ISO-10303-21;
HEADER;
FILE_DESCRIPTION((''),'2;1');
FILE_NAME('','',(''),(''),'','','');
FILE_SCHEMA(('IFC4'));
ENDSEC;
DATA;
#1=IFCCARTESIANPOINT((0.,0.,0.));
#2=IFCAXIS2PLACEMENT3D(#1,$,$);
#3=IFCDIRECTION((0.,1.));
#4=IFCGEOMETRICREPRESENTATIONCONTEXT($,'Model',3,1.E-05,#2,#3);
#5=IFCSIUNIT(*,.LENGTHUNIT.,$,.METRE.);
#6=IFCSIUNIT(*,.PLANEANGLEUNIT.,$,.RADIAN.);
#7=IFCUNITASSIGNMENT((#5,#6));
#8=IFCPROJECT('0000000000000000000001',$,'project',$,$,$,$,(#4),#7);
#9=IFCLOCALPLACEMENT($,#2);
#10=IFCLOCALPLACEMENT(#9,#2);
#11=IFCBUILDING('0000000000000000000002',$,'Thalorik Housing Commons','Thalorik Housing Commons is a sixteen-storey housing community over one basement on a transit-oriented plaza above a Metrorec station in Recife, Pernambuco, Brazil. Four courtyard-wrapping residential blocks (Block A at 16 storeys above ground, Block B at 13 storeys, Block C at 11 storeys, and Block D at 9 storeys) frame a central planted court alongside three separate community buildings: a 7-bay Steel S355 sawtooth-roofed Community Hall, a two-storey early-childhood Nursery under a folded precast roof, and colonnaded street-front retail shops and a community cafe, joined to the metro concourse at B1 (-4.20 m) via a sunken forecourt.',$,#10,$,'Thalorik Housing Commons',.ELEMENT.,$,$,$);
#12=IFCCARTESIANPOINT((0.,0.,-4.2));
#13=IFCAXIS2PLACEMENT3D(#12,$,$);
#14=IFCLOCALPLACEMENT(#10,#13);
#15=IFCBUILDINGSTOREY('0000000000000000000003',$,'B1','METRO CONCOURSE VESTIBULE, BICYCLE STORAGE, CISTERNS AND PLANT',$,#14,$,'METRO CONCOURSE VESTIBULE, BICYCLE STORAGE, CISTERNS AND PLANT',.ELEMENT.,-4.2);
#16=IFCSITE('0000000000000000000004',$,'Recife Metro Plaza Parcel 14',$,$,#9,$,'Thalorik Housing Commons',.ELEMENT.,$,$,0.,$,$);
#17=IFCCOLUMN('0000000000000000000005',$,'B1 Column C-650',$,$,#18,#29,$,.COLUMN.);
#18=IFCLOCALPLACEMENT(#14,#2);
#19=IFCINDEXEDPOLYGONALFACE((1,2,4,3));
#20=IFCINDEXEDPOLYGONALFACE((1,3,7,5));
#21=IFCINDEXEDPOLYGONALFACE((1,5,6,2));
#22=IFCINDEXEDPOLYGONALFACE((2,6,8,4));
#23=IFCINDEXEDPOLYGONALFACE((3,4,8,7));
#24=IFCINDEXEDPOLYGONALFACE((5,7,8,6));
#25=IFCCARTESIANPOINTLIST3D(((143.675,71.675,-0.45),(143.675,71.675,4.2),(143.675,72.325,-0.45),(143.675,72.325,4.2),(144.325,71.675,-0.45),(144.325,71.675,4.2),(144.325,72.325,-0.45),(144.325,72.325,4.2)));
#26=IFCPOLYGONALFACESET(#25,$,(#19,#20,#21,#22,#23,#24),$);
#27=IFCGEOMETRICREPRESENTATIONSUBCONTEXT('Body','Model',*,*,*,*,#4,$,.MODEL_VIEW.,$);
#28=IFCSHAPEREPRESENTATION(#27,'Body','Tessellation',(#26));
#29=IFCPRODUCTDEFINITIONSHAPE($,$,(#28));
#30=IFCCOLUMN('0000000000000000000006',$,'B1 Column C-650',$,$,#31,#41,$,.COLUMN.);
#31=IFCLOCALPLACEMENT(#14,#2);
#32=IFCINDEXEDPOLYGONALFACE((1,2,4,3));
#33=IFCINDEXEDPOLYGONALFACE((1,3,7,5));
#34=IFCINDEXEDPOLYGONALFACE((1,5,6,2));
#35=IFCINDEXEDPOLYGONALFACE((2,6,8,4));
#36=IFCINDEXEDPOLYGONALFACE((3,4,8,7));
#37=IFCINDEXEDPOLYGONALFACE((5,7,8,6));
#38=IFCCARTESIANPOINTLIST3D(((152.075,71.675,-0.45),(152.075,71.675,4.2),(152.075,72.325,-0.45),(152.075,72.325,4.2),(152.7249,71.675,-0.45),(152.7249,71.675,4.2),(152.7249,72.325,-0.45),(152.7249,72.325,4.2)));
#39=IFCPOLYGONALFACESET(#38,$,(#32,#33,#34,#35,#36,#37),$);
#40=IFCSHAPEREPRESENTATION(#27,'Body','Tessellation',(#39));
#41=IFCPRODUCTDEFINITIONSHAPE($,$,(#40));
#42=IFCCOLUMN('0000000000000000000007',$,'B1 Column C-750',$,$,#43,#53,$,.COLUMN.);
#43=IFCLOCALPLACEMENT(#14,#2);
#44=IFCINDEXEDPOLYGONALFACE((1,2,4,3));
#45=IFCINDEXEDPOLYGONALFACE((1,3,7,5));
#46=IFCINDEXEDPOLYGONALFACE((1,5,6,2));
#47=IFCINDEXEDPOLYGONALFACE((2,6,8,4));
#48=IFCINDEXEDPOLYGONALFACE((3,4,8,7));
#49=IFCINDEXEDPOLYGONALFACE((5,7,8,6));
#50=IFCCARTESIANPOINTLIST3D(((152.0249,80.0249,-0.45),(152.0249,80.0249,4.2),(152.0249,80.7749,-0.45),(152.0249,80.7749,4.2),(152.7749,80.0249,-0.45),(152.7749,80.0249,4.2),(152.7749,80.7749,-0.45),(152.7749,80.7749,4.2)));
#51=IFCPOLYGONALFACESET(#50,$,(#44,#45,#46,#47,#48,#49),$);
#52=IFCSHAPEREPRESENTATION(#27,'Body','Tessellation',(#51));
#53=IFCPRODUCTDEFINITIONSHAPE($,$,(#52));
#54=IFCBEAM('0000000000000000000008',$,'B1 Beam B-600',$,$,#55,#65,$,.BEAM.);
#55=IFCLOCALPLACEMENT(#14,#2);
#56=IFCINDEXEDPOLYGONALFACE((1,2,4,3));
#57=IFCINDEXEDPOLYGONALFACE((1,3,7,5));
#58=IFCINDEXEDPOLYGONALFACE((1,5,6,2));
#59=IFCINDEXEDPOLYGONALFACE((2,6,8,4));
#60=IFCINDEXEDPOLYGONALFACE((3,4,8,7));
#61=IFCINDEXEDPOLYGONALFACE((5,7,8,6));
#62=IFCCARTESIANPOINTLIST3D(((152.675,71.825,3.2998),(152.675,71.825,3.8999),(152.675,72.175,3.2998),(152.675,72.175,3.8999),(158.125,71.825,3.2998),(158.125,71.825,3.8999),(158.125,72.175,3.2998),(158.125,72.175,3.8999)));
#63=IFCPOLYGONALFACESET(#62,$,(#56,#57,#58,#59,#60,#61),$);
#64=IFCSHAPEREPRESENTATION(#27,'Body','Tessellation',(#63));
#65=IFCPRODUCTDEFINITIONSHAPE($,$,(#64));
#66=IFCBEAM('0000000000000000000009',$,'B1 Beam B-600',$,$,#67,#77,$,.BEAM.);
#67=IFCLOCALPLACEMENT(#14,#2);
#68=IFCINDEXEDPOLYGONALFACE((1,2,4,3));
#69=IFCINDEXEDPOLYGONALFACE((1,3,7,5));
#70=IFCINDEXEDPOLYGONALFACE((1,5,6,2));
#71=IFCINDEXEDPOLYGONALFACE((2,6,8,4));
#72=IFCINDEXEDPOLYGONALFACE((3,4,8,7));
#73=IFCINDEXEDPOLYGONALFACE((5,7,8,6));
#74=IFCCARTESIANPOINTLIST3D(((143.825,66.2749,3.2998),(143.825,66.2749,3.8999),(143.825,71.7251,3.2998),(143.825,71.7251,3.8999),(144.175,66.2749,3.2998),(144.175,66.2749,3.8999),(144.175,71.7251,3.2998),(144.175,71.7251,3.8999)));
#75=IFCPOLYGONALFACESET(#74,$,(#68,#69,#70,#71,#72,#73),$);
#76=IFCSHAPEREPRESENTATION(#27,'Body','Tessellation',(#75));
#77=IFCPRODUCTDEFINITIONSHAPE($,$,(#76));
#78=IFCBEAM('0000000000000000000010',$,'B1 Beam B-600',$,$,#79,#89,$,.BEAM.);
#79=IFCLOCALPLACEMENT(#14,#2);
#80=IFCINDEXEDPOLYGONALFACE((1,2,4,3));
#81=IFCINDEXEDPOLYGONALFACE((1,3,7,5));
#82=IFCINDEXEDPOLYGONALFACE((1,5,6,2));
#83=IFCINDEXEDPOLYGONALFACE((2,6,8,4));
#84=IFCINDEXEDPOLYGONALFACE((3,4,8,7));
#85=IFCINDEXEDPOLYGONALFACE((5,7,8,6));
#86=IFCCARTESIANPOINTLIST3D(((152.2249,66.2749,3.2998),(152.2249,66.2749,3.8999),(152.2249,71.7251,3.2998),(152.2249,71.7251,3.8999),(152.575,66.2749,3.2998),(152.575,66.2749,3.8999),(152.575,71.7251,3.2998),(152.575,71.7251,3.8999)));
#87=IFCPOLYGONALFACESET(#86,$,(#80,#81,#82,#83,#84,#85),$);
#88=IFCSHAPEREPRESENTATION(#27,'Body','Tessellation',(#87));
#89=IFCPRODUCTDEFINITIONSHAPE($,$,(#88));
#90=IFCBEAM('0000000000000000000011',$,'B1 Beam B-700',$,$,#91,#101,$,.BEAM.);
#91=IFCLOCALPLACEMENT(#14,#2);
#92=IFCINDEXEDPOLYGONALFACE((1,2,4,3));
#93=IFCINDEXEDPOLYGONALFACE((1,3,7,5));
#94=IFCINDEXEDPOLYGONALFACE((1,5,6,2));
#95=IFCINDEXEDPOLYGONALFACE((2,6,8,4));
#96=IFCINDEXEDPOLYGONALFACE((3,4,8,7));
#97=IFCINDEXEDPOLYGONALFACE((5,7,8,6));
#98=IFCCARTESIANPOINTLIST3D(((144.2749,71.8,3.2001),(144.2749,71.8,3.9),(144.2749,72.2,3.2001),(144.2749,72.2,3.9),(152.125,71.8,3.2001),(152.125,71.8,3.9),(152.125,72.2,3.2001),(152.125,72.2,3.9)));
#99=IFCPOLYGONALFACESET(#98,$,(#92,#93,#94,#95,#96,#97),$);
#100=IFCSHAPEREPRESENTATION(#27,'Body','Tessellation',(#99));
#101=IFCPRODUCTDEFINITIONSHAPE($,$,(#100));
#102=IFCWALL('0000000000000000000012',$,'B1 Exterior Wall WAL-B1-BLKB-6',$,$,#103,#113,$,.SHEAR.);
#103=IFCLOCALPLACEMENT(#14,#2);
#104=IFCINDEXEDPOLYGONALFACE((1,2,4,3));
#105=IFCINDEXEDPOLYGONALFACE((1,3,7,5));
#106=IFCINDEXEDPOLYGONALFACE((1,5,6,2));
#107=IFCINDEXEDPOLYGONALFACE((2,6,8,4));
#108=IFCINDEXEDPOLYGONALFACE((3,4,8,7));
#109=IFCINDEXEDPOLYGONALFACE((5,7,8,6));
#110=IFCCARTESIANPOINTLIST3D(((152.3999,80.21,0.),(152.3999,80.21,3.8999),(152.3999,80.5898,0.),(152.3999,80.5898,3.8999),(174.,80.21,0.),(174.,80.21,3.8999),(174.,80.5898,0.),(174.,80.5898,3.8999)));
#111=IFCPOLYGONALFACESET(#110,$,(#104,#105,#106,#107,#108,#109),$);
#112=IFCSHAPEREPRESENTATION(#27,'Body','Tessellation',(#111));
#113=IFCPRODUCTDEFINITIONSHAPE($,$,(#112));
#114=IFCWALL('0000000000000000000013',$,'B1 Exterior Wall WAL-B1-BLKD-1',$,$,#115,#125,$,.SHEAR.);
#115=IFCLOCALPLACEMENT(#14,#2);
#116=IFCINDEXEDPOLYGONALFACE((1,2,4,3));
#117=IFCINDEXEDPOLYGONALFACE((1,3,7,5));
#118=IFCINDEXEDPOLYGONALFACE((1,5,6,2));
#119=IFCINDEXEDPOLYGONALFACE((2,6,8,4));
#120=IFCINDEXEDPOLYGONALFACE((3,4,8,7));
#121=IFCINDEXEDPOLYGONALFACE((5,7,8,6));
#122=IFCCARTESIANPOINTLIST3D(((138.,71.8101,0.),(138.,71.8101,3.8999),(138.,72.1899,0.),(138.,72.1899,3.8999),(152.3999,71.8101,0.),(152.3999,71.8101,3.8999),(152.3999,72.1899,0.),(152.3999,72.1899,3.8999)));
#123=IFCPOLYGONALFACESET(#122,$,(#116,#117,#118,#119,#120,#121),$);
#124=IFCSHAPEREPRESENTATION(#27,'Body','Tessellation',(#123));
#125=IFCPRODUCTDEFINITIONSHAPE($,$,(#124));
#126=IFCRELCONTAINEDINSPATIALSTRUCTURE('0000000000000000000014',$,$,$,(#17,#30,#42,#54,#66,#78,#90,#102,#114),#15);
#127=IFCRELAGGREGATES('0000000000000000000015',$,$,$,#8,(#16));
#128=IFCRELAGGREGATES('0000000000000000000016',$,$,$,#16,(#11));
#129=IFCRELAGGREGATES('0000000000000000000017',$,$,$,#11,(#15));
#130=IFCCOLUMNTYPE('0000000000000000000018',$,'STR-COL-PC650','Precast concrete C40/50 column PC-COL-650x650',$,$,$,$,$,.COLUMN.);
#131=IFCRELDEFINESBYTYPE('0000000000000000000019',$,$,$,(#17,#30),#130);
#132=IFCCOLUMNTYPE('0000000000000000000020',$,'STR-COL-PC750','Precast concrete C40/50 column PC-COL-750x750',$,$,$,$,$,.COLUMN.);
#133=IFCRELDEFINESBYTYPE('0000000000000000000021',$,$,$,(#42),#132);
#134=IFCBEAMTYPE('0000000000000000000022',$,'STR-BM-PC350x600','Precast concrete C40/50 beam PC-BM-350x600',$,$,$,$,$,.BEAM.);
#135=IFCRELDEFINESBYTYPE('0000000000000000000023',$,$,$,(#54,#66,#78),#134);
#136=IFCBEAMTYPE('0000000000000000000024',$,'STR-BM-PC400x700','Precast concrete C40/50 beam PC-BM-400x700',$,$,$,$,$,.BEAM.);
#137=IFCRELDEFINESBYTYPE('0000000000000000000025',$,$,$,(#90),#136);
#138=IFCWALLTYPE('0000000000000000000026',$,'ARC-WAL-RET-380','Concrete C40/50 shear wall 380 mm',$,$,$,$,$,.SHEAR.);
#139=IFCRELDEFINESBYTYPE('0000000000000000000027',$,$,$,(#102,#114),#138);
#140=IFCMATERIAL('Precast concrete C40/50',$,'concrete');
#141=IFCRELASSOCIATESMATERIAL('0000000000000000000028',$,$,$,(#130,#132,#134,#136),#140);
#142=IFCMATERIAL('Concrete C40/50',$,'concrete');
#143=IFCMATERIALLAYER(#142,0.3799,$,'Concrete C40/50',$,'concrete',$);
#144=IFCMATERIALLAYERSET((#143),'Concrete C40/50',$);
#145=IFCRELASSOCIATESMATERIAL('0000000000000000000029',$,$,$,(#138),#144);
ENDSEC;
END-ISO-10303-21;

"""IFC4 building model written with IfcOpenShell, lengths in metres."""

from ifc_helpers import new_model, si_unit, direction, frame, frame_2d, origin, origin_2d, place, context, subcontext, project, spatial, rectangle, extrude, material, layer, layer_set, material_profile, profile_set, type_object, element, save


model = new_model("IFC4")

# Units and contexts
model_context = context("Model", 3, precision=1e-05, world=origin(), true_north=direction((0.0, 1.0)))
body_context = subcontext(model_context, "Body", "Model", "MODEL_VIEW")
ifc_project = project(units=[si_unit("LENGTHUNIT", "METRE"), si_unit("PLANEANGLEUNIT", "RADIAN")], contexts=[model_context])

# Site, building, storey
site_placement = place(None, origin())
site = spatial("IfcSite", under=ifc_project, at=site_placement, Name="Recife Metro Plaza Parcel 14", LongName="Thalorik Housing Commons", CompositionType="ELEMENT", RefElevation=0.0)
building_placement = place(site_placement, origin())
building = spatial("IfcBuilding", under=site, at=building_placement, Name="Thalorik Housing Commons", Description="Thalorik Housing Commons is a sixteen-storey housing community over one basement on a transit-oriented plaza above a Metrorec station in Recife, Pernambuco, Brazil. Four courtyard-wrapping residential blocks (Block A at 16 storeys above ground, Block B at 13 storeys, Block C at 11 storeys, and Block D at 9 storeys) frame a central planted court alongside three separate community buildings: a 7-bay Steel S355 sawtooth-roofed Community Hall, a two-storey early-childhood Nursery under a folded precast roof, and colonnaded street-front retail shops and a community cafe, joined to the metro concourse at B1 (-4.20 m) via a sunken forecourt.", LongName="Thalorik Housing Commons", CompositionType="ELEMENT")
storey_placement = place(building_placement, frame((0.0, 0.0, -4.2)))
storey = spatial("IfcBuildingStorey", under=building, at=storey_placement, Name="B1", Description="METRO CONCOURSE VESTIBULE, BICYCLE STORAGE, CISTERNS AND PLANT", LongName="METRO CONCOURSE VESTIBULE, BICYCLE STORAGE, CISTERNS AND PLANT", CompositionType="ELEMENT", Elevation=-4.2)

# Shared definitions
ifc_material_1 = material(Name="Concrete C40/50", Category="concrete")

# Columns
ifc_material_2 = material(Name="Precast concrete C40/50", Category="concrete")
ifc_material_profile_1 = material_profile(ifc_material_2, rectangle(XDim=0.6499, YDim=0.6499, at=origin_2d()), Name="PC 650x650", Category="concrete")
ifc_profile_set_1 = profile_set([ifc_material_profile_1], Name="Precast concrete C40/50")
column_type_1 = type_object("IfcColumnType", Name="STR-COL-PC650", Description="Precast concrete C40/50 column PC-COL-650x650", PredefinedType="COLUMN", material=ifc_profile_set_1)
for number, where, z_axis, x_axis, name in (
    (1, (144.0, 72.0, -0.45), (0.0, 0.0, 1.0), (1.0, 0.0, 0.0), "B1 Column C-650"),
    (2, (152.3999, 72.0, -0.45), (0.0, 0.0, 1.0), (1.0, 0.0, 0.0), "B1 Column C-650"),
):
    element("IfcColumn", number, at=place(storey_placement, frame(where, z_axis=z_axis, x_axis=x_axis)), inside=storey, type_object=column_type_1, Name=name, PredefinedType="COLUMN", context=body_context, shape_type="SweptSolid", body=[
        extrude(rectangle(XDim=0.6499, YDim=0.6499, at=origin_2d()), origin(), (0.0, 0.0, 1.0), 4.6499),
    ])
ifc_material_profile_2 = material_profile(ifc_material_2, rectangle(XDim=0.75, YDim=0.75, at=origin_2d()), Name="PC 750x750", Category="concrete")
ifc_profile_set_2 = profile_set([ifc_material_profile_2], Name="Precast concrete C40/50")
column_type_2 = type_object("IfcColumnType", Name="STR-COL-PC750", Description="Precast concrete C40/50 column PC-COL-750x750", PredefinedType="COLUMN", material=ifc_profile_set_2)
column_1_placement = place(storey_placement, frame((152.3999, 80.3999, -0.45), z_axis=(0.0, 0.0, 1.0), x_axis=(1.0, 0.0, 0.0)))
element("IfcColumn", 3, at=column_1_placement, inside=storey, type_object=column_type_2, Name="B1 Column C-750", PredefinedType="COLUMN", context=body_context, shape_type="SweptSolid", body=[
    extrude(rectangle(XDim=0.75, YDim=0.75, at=origin_2d()), origin(), (0.0, 0.0, 1.0), 4.6499),
])

# Beams
ifc_material_profile_3 = material_profile(ifc_material_2, rectangle(XDim=0.3501, YDim=0.6001, at=origin_2d()), Name="PC 350x600", Category="concrete")
ifc_profile_set_3 = profile_set([ifc_material_profile_3], Name="Precast concrete C40/50")
beam_type_1 = type_object("IfcBeamType", Name="STR-BM-PC350x600", Description="Precast concrete C40/50 beam PC-BM-350x600", PredefinedType="BEAM", material=ifc_profile_set_3)
beam_1_placement = place(storey_placement, frame((152.675, 72.0, 3.5999), z_axis=(1.0, 0.0, 0.0), x_axis=(0.0, 1.0, 0.0)))
element("IfcBeam", 4, at=beam_1_placement, inside=storey, type_object=beam_type_1, Name="B1 Beam B-600", PredefinedType="BEAM", context=body_context, shape_type="SweptSolid", body=[
    extrude(rectangle(XDim=0.3501, YDim=0.6001, at=origin_2d()), origin(), (0.0, 0.0, 1.0), 5.45),
])
for number, where, z_axis, x_axis, name in (
    (5, (144.0, 66.2749, 3.5999), (0.0, 1.0, 0.0), (-1.0, 0.0, 0.0), "B1 Beam B-600"),
    (6, (152.3999, 66.2749, 3.5999), (0.0, 1.0, 0.0), (-1.0, 0.0, 0.0), "B1 Beam B-600"),
):
    element("IfcBeam", number, at=place(storey_placement, frame(where, z_axis=z_axis, x_axis=x_axis)), inside=storey, type_object=beam_type_1, Name=name, PredefinedType="BEAM", context=body_context, shape_type="SweptSolid", body=[
        extrude(rectangle(XDim=0.3501, YDim=0.6001, at=origin_2d()), origin(), (0.0, 0.0, 1.0), 5.4502),
    ])
ifc_material_profile_4 = material_profile(ifc_material_2, rectangle(XDim=0.3999, YDim=0.7, at=origin_2d()), Name="PC 400x700", Category="concrete")
ifc_profile_set_4 = profile_set([ifc_material_profile_4], Name="Precast concrete C40/50")
beam_type_2 = type_object("IfcBeamType", Name="STR-BM-PC400x700", Description="Precast concrete C40/50 beam PC-BM-400x700", PredefinedType="BEAM", material=ifc_profile_set_4)
beam_2_placement = place(storey_placement, frame((144.2749, 72.0, 3.55), z_axis=(1.0, 0.0, 0.0), x_axis=(0.0, 1.0, 0.0)))
element("IfcBeam", 7, at=beam_2_placement, inside=storey, type_object=beam_type_2, Name="B1 Beam B-700", PredefinedType="BEAM", context=body_context, shape_type="SweptSolid", body=[
    extrude(rectangle(XDim=0.3999, YDim=0.7, at=origin_2d()), origin(), (0.0, 0.0, 1.0), 7.8501),
])

# Walls
ifc_layer = layer(ifc_material_1, 0.3799, Name="Concrete C40/50", Category="concrete")
ifc_layer_set = layer_set([ifc_layer], Name="Concrete C40/50")
wall_type = type_object("IfcWallType", Name="ARC-WAL-RET-380", Description="Concrete C40/50 shear wall 380 mm", PredefinedType="SHEAR", material=ifc_layer_set)
wall_1_placement = place(storey_placement, frame((152.3999, 80.3999, 0.0), z_axis=(0.0, 0.0, 1.0), x_axis=(1.0, 0.0, 0.0)))
element("IfcWall", 8, at=wall_1_placement, inside=storey, type_object=wall_type, Name="B1 Exterior Wall WAL-B1-BLKB-6", PredefinedType="SHEAR", context=body_context, shape_type="SweptSolid", body=[
    extrude(rectangle(XDim=21.6001, YDim=0.3799, at=frame_2d((10.8, 0.0))), origin(), (0.0, 0.0, 1.0), 3.8999),
])
wall_2_placement = place(storey_placement, frame((152.3999, 72.0, 0.0), z_axis=(0.0, 0.0, 1.0), x_axis=(-1.0, 0.0, 0.0)))
element("IfcWall", 9, at=wall_2_placement, inside=storey, type_object=wall_type, Name="B1 Exterior Wall WAL-B1-BLKD-1", PredefinedType="SHEAR", context=body_context, shape_type="SweptSolid", body=[
    extrude(rectangle(XDim=14.3999, YDim=0.3799, at=frame_2d((7.2, 0.0))), origin(), (0.0, 0.0, 1.0), 3.8999),
])

save(model, "model.ifc")
